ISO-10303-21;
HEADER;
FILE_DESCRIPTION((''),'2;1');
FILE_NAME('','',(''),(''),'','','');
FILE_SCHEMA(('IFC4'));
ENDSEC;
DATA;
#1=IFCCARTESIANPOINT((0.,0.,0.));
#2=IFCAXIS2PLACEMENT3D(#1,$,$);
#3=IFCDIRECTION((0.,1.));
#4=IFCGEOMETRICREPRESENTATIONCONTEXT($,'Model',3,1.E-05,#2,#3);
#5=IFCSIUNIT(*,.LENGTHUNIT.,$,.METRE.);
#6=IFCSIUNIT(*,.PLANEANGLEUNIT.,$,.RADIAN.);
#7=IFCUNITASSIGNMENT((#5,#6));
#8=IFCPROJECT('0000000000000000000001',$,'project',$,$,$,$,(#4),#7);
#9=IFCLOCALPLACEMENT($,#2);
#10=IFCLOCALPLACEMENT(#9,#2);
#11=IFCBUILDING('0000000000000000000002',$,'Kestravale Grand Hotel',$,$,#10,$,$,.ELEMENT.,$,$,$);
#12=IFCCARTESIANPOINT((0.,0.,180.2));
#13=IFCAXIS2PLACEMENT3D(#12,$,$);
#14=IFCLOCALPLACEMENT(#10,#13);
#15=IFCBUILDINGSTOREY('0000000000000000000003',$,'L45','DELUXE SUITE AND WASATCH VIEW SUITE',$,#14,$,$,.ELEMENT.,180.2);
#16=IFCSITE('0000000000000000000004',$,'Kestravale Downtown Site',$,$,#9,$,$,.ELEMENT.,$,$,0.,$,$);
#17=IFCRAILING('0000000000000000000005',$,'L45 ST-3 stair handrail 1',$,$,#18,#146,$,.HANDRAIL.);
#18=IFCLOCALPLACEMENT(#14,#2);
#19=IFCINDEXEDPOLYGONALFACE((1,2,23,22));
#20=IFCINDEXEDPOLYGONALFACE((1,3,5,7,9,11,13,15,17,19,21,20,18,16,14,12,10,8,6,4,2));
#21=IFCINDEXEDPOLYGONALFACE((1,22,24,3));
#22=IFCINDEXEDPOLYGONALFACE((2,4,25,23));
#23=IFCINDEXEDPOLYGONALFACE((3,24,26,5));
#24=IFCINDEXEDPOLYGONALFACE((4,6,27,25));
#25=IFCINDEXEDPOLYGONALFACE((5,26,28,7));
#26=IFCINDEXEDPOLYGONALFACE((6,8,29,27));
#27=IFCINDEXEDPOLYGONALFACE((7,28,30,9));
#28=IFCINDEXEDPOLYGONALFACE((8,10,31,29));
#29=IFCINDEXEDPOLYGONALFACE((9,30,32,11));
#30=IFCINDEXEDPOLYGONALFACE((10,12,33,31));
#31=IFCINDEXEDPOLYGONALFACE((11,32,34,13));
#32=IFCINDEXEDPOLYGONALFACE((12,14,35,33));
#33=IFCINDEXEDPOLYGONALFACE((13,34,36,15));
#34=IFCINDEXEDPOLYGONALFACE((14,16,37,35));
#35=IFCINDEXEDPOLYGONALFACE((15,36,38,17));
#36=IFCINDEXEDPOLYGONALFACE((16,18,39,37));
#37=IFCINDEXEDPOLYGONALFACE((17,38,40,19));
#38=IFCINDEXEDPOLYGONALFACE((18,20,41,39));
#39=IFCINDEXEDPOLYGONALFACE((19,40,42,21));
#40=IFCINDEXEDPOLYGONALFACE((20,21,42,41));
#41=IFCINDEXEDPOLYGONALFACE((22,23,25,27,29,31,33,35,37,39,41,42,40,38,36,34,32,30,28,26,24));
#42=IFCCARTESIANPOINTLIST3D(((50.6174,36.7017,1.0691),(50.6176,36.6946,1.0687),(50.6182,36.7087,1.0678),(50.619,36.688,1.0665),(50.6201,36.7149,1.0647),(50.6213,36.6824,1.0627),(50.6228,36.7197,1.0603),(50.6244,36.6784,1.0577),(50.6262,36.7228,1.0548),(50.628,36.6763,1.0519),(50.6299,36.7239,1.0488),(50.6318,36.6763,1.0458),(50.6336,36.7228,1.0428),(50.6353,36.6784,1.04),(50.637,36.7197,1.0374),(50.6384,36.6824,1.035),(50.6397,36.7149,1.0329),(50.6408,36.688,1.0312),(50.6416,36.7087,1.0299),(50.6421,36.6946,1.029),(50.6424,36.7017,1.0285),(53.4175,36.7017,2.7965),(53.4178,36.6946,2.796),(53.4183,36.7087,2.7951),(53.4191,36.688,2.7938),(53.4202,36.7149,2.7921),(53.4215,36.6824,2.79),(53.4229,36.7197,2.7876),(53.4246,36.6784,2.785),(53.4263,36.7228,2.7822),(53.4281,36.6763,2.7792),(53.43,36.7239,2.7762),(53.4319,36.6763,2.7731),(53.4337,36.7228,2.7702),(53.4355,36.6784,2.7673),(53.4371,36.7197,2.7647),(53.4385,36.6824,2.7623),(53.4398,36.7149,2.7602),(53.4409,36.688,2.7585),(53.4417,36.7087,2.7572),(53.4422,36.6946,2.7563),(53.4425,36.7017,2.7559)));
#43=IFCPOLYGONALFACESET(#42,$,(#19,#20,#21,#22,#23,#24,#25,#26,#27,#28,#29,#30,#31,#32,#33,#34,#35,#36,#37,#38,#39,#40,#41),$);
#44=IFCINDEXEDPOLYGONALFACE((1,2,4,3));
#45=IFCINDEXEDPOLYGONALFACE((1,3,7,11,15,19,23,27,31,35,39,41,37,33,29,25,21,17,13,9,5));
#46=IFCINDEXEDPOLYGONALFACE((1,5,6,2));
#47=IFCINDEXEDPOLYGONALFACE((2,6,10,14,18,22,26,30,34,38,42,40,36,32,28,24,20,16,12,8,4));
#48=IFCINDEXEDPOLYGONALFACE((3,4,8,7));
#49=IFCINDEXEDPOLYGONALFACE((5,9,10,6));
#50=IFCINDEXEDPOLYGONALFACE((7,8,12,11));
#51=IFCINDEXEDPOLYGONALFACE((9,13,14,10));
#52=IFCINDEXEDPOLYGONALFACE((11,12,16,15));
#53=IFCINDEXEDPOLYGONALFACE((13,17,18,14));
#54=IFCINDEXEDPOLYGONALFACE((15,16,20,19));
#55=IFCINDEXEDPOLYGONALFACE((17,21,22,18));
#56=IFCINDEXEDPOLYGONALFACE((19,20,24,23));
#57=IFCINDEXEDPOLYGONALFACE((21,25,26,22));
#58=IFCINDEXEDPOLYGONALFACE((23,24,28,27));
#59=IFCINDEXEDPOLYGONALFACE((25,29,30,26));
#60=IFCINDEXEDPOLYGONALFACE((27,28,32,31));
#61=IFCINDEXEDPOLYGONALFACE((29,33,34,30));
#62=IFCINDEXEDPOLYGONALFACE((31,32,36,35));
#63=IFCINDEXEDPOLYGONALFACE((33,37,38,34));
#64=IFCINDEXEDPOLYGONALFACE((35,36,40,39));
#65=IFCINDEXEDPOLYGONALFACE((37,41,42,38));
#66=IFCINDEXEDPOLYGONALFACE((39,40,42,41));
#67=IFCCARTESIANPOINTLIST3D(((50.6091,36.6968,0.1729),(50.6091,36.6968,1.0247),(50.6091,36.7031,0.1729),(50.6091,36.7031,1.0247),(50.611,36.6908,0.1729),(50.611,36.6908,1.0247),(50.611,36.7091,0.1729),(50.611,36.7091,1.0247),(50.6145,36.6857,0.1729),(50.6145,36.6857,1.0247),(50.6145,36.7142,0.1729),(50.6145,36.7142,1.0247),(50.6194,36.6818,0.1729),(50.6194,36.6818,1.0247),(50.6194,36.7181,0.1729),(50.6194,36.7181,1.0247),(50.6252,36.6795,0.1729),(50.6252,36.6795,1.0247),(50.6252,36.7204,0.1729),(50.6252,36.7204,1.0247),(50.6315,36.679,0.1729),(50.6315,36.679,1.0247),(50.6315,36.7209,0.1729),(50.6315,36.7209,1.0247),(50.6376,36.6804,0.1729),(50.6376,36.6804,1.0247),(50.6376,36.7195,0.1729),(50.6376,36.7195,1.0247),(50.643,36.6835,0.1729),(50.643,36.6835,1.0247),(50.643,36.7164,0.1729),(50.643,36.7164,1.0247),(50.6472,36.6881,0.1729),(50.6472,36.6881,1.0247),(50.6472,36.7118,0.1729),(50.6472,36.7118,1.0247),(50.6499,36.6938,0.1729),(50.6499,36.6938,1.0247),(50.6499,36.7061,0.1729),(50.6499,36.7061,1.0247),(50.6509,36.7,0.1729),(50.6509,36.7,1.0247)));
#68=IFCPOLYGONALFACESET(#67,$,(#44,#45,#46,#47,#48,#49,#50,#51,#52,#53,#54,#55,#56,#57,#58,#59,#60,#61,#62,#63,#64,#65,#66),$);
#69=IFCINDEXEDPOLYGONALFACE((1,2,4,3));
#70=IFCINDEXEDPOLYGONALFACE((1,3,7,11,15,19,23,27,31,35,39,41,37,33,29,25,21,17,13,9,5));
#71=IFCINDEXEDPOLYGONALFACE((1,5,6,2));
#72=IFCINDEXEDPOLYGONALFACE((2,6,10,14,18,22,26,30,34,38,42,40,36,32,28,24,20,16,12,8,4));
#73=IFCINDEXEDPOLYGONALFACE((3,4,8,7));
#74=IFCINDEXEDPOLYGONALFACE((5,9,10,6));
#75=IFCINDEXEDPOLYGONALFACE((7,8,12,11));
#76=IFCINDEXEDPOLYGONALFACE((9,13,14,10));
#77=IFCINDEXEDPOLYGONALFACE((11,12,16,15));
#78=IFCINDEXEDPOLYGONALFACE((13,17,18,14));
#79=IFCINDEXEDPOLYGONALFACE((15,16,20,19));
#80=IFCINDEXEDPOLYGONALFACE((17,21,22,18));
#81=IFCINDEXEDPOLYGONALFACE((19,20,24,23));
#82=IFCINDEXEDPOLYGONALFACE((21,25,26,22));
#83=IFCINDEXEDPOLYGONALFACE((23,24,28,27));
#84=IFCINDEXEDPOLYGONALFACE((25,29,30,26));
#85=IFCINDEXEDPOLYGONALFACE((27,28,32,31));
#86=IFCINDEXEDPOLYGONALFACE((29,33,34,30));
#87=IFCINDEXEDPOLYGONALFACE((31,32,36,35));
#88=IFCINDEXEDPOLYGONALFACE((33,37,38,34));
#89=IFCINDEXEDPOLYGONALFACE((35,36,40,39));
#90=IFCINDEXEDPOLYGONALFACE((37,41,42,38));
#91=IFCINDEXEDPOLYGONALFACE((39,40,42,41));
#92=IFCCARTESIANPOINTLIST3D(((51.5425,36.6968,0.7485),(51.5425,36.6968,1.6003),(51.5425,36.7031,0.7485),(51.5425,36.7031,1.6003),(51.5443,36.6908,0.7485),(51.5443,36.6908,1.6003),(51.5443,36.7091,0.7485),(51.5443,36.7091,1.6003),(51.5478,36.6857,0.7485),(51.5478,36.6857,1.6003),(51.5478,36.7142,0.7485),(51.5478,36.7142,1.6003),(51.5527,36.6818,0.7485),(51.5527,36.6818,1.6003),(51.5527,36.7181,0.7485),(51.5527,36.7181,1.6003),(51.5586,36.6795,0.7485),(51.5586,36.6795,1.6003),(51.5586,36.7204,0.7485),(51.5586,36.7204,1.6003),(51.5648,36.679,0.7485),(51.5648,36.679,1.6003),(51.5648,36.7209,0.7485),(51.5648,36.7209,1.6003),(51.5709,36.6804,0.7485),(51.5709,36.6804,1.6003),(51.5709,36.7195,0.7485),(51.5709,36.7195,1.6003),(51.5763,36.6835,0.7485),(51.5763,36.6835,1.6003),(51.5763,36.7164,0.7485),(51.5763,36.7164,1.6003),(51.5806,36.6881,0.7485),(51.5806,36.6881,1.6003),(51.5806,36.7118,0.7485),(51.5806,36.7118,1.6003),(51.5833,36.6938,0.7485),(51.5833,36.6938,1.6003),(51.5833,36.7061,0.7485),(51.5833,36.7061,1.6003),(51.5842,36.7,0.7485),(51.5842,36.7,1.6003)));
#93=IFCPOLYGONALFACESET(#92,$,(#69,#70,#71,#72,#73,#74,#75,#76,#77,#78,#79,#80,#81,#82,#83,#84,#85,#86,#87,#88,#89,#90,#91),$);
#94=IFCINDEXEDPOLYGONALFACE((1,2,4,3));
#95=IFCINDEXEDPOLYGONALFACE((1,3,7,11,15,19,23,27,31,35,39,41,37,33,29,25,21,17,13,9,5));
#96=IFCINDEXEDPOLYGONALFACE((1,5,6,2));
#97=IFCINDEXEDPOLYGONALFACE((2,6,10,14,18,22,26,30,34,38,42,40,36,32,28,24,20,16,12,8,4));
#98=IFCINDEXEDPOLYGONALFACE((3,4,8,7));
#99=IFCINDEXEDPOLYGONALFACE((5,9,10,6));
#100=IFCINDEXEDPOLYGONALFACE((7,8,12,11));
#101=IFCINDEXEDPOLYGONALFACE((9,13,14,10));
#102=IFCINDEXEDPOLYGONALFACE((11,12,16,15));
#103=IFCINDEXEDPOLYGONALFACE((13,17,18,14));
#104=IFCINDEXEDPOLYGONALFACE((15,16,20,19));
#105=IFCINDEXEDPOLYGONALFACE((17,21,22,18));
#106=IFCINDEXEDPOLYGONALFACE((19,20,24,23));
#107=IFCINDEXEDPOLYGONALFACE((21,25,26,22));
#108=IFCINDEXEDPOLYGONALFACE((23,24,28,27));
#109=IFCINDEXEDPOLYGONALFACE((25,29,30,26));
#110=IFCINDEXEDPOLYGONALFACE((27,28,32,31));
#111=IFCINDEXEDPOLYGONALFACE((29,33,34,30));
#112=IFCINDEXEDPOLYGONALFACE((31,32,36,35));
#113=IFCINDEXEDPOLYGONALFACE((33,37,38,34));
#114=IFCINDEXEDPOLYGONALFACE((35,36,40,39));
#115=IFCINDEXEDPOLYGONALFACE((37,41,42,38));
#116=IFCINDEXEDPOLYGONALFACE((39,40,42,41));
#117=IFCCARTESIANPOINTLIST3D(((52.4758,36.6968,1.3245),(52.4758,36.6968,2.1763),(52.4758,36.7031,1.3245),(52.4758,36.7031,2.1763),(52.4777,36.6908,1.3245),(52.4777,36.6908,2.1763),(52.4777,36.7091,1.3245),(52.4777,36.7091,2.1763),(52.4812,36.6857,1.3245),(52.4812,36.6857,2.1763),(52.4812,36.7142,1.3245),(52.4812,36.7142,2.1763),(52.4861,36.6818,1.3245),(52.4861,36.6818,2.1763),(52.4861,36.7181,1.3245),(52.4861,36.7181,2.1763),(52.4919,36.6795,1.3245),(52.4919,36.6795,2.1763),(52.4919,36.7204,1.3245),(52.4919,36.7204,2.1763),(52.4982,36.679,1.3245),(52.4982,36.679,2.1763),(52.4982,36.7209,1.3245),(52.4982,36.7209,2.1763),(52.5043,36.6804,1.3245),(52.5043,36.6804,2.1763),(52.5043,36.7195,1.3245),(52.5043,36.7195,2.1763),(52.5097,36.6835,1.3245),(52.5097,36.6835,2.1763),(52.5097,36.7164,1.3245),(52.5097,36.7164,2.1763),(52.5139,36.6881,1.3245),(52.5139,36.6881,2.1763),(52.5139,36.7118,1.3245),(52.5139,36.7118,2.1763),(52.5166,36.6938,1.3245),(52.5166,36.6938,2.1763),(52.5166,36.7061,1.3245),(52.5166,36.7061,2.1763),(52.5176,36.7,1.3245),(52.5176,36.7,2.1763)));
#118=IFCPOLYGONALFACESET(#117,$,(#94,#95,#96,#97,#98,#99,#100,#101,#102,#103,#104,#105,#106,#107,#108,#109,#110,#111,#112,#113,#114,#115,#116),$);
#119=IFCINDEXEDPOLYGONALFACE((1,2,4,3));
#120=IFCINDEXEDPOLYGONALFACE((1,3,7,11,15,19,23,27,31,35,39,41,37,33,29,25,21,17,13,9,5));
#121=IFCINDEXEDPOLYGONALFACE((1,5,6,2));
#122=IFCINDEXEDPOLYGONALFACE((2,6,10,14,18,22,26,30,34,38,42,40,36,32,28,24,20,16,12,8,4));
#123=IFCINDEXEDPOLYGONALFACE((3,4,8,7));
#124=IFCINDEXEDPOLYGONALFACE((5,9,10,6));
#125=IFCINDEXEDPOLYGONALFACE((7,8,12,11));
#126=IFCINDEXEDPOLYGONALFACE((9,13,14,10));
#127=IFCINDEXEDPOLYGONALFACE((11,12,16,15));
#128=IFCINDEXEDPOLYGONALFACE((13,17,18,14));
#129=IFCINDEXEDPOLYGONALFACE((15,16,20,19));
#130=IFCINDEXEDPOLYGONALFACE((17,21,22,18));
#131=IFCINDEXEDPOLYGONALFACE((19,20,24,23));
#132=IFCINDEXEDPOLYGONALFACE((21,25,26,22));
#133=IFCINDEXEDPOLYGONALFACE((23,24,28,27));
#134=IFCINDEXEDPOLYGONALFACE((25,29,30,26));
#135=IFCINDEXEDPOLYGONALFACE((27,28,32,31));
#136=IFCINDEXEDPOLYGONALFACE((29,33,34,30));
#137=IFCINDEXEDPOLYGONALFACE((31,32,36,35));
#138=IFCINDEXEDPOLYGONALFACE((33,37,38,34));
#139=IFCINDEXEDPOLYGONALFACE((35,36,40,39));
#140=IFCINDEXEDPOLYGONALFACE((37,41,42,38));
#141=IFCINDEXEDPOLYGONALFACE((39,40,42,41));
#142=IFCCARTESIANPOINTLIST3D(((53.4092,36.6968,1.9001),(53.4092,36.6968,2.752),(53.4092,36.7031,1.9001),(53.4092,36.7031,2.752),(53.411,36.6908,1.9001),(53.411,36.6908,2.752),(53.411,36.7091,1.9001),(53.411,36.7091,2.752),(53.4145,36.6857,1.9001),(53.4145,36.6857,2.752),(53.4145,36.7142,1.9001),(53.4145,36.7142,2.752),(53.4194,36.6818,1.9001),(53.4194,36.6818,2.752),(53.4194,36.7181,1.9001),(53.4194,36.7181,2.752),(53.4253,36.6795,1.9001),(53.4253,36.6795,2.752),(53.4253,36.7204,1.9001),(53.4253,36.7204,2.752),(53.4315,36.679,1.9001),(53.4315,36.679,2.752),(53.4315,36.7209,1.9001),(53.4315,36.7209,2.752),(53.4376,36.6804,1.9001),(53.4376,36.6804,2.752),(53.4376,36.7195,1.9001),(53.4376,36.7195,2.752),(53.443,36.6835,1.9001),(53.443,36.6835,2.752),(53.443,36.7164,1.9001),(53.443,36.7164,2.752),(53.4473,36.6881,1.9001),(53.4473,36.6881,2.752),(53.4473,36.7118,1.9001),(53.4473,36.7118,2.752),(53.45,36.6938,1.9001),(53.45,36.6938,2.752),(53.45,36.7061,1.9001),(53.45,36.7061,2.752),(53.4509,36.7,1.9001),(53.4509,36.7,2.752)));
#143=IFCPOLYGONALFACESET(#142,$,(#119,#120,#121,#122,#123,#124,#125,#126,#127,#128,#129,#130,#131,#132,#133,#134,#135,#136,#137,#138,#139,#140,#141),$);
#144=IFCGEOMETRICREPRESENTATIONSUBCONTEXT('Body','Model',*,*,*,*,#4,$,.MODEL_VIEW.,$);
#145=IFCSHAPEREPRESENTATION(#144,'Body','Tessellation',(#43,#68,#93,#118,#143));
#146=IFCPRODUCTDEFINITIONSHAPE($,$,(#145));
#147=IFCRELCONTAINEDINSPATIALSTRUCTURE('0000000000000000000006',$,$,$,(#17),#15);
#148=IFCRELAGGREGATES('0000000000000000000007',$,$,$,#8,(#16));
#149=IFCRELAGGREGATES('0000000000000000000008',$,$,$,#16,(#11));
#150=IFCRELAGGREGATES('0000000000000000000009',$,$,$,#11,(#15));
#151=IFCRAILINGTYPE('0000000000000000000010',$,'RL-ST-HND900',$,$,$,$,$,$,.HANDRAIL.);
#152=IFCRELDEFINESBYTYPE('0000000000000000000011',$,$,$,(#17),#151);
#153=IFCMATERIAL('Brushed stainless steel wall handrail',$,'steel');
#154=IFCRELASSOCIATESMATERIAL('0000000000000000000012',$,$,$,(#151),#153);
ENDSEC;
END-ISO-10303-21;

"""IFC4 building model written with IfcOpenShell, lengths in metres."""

from ifc_helpers import new_model, si_unit, direction, frame, origin, origin_2d, place, context, subcontext, project, spatial, circle, extrude, material, type_object, element, save


model = new_model("IFC4")

# Units and contexts
model_context = context("Model", 3, precision=1e-05, world=origin(), true_north=direction((0.0, 1.0)))
body_context = subcontext(model_context, "Body", "Model", "MODEL_VIEW")
ifc_project = project(units=[si_unit("LENGTHUNIT", "METRE"), si_unit("PLANEANGLEUNIT", "RADIAN")], contexts=[model_context])

# Site, building, storey
site_placement = place(None, origin())
site = spatial("IfcSite", under=ifc_project, at=site_placement, Name="Kestravale Downtown Site", CompositionType="ELEMENT", RefElevation=0.0)
building_placement = place(site_placement, origin())
building = spatial("IfcBuilding", under=site, at=building_placement, Name="Kestravale Grand Hotel", CompositionType="ELEMENT")
storey_placement = place(building_placement, frame((0.0, 0.0, 180.2)))
storey = spatial("IfcBuildingStorey", under=building, at=storey_placement, Name="L45", Description="DELUXE SUITE AND WASATCH VIEW SUITE", CompositionType="ELEMENT", Elevation=180.2)

# Railing
ifc_material_1 = material(Name="Brushed stainless steel wall handrail", Category="steel")
railing_type_1 = type_object("IfcRailingType", Name="RL-ST-HND900", PredefinedType="HANDRAIL", material=ifc_material_1)
railing_1_placement = place(storey_placement, frame((50.6299, 36.7, 0.1729)))
element("IfcRailing", 1, at=railing_1_placement, inside=storey, type_object=railing_type_1, Name="L45 ST-3 stair handrail 1", PredefinedType="HANDRAIL", context=body_context, shape_type="SweptSolid", body=[
    extrude(circle(Radius=0.0239, at=origin_2d()), frame((0.0, 0.0, 0.876), z_axis=(0.85109, 0.0, 0.52502), x_axis=(0.0, 1.0, 0.0)), (0.0, 0.0, 1.0), 3.29),
    extrude(circle(Radius=0.021, at=origin_2d()), origin(), (0.0, 0.0, 1.0), 0.8518),
    extrude(circle(Radius=0.021, at=origin_2d()), frame((0.9333, 0.0, 0.5757)), (0.0, 0.0, 1.0), 0.8518),
    extrude(circle(Radius=0.021, at=origin_2d()), frame((1.8667, 0.0, 1.1516)), (0.0, 0.0, 1.0), 0.8518),
    extrude(circle(Radius=0.021, at=origin_2d()), frame((2.8, 0.0, 1.7273)), (0.0, 0.0, 1.0), 0.8518),
])

save(model, "model.ifc")
